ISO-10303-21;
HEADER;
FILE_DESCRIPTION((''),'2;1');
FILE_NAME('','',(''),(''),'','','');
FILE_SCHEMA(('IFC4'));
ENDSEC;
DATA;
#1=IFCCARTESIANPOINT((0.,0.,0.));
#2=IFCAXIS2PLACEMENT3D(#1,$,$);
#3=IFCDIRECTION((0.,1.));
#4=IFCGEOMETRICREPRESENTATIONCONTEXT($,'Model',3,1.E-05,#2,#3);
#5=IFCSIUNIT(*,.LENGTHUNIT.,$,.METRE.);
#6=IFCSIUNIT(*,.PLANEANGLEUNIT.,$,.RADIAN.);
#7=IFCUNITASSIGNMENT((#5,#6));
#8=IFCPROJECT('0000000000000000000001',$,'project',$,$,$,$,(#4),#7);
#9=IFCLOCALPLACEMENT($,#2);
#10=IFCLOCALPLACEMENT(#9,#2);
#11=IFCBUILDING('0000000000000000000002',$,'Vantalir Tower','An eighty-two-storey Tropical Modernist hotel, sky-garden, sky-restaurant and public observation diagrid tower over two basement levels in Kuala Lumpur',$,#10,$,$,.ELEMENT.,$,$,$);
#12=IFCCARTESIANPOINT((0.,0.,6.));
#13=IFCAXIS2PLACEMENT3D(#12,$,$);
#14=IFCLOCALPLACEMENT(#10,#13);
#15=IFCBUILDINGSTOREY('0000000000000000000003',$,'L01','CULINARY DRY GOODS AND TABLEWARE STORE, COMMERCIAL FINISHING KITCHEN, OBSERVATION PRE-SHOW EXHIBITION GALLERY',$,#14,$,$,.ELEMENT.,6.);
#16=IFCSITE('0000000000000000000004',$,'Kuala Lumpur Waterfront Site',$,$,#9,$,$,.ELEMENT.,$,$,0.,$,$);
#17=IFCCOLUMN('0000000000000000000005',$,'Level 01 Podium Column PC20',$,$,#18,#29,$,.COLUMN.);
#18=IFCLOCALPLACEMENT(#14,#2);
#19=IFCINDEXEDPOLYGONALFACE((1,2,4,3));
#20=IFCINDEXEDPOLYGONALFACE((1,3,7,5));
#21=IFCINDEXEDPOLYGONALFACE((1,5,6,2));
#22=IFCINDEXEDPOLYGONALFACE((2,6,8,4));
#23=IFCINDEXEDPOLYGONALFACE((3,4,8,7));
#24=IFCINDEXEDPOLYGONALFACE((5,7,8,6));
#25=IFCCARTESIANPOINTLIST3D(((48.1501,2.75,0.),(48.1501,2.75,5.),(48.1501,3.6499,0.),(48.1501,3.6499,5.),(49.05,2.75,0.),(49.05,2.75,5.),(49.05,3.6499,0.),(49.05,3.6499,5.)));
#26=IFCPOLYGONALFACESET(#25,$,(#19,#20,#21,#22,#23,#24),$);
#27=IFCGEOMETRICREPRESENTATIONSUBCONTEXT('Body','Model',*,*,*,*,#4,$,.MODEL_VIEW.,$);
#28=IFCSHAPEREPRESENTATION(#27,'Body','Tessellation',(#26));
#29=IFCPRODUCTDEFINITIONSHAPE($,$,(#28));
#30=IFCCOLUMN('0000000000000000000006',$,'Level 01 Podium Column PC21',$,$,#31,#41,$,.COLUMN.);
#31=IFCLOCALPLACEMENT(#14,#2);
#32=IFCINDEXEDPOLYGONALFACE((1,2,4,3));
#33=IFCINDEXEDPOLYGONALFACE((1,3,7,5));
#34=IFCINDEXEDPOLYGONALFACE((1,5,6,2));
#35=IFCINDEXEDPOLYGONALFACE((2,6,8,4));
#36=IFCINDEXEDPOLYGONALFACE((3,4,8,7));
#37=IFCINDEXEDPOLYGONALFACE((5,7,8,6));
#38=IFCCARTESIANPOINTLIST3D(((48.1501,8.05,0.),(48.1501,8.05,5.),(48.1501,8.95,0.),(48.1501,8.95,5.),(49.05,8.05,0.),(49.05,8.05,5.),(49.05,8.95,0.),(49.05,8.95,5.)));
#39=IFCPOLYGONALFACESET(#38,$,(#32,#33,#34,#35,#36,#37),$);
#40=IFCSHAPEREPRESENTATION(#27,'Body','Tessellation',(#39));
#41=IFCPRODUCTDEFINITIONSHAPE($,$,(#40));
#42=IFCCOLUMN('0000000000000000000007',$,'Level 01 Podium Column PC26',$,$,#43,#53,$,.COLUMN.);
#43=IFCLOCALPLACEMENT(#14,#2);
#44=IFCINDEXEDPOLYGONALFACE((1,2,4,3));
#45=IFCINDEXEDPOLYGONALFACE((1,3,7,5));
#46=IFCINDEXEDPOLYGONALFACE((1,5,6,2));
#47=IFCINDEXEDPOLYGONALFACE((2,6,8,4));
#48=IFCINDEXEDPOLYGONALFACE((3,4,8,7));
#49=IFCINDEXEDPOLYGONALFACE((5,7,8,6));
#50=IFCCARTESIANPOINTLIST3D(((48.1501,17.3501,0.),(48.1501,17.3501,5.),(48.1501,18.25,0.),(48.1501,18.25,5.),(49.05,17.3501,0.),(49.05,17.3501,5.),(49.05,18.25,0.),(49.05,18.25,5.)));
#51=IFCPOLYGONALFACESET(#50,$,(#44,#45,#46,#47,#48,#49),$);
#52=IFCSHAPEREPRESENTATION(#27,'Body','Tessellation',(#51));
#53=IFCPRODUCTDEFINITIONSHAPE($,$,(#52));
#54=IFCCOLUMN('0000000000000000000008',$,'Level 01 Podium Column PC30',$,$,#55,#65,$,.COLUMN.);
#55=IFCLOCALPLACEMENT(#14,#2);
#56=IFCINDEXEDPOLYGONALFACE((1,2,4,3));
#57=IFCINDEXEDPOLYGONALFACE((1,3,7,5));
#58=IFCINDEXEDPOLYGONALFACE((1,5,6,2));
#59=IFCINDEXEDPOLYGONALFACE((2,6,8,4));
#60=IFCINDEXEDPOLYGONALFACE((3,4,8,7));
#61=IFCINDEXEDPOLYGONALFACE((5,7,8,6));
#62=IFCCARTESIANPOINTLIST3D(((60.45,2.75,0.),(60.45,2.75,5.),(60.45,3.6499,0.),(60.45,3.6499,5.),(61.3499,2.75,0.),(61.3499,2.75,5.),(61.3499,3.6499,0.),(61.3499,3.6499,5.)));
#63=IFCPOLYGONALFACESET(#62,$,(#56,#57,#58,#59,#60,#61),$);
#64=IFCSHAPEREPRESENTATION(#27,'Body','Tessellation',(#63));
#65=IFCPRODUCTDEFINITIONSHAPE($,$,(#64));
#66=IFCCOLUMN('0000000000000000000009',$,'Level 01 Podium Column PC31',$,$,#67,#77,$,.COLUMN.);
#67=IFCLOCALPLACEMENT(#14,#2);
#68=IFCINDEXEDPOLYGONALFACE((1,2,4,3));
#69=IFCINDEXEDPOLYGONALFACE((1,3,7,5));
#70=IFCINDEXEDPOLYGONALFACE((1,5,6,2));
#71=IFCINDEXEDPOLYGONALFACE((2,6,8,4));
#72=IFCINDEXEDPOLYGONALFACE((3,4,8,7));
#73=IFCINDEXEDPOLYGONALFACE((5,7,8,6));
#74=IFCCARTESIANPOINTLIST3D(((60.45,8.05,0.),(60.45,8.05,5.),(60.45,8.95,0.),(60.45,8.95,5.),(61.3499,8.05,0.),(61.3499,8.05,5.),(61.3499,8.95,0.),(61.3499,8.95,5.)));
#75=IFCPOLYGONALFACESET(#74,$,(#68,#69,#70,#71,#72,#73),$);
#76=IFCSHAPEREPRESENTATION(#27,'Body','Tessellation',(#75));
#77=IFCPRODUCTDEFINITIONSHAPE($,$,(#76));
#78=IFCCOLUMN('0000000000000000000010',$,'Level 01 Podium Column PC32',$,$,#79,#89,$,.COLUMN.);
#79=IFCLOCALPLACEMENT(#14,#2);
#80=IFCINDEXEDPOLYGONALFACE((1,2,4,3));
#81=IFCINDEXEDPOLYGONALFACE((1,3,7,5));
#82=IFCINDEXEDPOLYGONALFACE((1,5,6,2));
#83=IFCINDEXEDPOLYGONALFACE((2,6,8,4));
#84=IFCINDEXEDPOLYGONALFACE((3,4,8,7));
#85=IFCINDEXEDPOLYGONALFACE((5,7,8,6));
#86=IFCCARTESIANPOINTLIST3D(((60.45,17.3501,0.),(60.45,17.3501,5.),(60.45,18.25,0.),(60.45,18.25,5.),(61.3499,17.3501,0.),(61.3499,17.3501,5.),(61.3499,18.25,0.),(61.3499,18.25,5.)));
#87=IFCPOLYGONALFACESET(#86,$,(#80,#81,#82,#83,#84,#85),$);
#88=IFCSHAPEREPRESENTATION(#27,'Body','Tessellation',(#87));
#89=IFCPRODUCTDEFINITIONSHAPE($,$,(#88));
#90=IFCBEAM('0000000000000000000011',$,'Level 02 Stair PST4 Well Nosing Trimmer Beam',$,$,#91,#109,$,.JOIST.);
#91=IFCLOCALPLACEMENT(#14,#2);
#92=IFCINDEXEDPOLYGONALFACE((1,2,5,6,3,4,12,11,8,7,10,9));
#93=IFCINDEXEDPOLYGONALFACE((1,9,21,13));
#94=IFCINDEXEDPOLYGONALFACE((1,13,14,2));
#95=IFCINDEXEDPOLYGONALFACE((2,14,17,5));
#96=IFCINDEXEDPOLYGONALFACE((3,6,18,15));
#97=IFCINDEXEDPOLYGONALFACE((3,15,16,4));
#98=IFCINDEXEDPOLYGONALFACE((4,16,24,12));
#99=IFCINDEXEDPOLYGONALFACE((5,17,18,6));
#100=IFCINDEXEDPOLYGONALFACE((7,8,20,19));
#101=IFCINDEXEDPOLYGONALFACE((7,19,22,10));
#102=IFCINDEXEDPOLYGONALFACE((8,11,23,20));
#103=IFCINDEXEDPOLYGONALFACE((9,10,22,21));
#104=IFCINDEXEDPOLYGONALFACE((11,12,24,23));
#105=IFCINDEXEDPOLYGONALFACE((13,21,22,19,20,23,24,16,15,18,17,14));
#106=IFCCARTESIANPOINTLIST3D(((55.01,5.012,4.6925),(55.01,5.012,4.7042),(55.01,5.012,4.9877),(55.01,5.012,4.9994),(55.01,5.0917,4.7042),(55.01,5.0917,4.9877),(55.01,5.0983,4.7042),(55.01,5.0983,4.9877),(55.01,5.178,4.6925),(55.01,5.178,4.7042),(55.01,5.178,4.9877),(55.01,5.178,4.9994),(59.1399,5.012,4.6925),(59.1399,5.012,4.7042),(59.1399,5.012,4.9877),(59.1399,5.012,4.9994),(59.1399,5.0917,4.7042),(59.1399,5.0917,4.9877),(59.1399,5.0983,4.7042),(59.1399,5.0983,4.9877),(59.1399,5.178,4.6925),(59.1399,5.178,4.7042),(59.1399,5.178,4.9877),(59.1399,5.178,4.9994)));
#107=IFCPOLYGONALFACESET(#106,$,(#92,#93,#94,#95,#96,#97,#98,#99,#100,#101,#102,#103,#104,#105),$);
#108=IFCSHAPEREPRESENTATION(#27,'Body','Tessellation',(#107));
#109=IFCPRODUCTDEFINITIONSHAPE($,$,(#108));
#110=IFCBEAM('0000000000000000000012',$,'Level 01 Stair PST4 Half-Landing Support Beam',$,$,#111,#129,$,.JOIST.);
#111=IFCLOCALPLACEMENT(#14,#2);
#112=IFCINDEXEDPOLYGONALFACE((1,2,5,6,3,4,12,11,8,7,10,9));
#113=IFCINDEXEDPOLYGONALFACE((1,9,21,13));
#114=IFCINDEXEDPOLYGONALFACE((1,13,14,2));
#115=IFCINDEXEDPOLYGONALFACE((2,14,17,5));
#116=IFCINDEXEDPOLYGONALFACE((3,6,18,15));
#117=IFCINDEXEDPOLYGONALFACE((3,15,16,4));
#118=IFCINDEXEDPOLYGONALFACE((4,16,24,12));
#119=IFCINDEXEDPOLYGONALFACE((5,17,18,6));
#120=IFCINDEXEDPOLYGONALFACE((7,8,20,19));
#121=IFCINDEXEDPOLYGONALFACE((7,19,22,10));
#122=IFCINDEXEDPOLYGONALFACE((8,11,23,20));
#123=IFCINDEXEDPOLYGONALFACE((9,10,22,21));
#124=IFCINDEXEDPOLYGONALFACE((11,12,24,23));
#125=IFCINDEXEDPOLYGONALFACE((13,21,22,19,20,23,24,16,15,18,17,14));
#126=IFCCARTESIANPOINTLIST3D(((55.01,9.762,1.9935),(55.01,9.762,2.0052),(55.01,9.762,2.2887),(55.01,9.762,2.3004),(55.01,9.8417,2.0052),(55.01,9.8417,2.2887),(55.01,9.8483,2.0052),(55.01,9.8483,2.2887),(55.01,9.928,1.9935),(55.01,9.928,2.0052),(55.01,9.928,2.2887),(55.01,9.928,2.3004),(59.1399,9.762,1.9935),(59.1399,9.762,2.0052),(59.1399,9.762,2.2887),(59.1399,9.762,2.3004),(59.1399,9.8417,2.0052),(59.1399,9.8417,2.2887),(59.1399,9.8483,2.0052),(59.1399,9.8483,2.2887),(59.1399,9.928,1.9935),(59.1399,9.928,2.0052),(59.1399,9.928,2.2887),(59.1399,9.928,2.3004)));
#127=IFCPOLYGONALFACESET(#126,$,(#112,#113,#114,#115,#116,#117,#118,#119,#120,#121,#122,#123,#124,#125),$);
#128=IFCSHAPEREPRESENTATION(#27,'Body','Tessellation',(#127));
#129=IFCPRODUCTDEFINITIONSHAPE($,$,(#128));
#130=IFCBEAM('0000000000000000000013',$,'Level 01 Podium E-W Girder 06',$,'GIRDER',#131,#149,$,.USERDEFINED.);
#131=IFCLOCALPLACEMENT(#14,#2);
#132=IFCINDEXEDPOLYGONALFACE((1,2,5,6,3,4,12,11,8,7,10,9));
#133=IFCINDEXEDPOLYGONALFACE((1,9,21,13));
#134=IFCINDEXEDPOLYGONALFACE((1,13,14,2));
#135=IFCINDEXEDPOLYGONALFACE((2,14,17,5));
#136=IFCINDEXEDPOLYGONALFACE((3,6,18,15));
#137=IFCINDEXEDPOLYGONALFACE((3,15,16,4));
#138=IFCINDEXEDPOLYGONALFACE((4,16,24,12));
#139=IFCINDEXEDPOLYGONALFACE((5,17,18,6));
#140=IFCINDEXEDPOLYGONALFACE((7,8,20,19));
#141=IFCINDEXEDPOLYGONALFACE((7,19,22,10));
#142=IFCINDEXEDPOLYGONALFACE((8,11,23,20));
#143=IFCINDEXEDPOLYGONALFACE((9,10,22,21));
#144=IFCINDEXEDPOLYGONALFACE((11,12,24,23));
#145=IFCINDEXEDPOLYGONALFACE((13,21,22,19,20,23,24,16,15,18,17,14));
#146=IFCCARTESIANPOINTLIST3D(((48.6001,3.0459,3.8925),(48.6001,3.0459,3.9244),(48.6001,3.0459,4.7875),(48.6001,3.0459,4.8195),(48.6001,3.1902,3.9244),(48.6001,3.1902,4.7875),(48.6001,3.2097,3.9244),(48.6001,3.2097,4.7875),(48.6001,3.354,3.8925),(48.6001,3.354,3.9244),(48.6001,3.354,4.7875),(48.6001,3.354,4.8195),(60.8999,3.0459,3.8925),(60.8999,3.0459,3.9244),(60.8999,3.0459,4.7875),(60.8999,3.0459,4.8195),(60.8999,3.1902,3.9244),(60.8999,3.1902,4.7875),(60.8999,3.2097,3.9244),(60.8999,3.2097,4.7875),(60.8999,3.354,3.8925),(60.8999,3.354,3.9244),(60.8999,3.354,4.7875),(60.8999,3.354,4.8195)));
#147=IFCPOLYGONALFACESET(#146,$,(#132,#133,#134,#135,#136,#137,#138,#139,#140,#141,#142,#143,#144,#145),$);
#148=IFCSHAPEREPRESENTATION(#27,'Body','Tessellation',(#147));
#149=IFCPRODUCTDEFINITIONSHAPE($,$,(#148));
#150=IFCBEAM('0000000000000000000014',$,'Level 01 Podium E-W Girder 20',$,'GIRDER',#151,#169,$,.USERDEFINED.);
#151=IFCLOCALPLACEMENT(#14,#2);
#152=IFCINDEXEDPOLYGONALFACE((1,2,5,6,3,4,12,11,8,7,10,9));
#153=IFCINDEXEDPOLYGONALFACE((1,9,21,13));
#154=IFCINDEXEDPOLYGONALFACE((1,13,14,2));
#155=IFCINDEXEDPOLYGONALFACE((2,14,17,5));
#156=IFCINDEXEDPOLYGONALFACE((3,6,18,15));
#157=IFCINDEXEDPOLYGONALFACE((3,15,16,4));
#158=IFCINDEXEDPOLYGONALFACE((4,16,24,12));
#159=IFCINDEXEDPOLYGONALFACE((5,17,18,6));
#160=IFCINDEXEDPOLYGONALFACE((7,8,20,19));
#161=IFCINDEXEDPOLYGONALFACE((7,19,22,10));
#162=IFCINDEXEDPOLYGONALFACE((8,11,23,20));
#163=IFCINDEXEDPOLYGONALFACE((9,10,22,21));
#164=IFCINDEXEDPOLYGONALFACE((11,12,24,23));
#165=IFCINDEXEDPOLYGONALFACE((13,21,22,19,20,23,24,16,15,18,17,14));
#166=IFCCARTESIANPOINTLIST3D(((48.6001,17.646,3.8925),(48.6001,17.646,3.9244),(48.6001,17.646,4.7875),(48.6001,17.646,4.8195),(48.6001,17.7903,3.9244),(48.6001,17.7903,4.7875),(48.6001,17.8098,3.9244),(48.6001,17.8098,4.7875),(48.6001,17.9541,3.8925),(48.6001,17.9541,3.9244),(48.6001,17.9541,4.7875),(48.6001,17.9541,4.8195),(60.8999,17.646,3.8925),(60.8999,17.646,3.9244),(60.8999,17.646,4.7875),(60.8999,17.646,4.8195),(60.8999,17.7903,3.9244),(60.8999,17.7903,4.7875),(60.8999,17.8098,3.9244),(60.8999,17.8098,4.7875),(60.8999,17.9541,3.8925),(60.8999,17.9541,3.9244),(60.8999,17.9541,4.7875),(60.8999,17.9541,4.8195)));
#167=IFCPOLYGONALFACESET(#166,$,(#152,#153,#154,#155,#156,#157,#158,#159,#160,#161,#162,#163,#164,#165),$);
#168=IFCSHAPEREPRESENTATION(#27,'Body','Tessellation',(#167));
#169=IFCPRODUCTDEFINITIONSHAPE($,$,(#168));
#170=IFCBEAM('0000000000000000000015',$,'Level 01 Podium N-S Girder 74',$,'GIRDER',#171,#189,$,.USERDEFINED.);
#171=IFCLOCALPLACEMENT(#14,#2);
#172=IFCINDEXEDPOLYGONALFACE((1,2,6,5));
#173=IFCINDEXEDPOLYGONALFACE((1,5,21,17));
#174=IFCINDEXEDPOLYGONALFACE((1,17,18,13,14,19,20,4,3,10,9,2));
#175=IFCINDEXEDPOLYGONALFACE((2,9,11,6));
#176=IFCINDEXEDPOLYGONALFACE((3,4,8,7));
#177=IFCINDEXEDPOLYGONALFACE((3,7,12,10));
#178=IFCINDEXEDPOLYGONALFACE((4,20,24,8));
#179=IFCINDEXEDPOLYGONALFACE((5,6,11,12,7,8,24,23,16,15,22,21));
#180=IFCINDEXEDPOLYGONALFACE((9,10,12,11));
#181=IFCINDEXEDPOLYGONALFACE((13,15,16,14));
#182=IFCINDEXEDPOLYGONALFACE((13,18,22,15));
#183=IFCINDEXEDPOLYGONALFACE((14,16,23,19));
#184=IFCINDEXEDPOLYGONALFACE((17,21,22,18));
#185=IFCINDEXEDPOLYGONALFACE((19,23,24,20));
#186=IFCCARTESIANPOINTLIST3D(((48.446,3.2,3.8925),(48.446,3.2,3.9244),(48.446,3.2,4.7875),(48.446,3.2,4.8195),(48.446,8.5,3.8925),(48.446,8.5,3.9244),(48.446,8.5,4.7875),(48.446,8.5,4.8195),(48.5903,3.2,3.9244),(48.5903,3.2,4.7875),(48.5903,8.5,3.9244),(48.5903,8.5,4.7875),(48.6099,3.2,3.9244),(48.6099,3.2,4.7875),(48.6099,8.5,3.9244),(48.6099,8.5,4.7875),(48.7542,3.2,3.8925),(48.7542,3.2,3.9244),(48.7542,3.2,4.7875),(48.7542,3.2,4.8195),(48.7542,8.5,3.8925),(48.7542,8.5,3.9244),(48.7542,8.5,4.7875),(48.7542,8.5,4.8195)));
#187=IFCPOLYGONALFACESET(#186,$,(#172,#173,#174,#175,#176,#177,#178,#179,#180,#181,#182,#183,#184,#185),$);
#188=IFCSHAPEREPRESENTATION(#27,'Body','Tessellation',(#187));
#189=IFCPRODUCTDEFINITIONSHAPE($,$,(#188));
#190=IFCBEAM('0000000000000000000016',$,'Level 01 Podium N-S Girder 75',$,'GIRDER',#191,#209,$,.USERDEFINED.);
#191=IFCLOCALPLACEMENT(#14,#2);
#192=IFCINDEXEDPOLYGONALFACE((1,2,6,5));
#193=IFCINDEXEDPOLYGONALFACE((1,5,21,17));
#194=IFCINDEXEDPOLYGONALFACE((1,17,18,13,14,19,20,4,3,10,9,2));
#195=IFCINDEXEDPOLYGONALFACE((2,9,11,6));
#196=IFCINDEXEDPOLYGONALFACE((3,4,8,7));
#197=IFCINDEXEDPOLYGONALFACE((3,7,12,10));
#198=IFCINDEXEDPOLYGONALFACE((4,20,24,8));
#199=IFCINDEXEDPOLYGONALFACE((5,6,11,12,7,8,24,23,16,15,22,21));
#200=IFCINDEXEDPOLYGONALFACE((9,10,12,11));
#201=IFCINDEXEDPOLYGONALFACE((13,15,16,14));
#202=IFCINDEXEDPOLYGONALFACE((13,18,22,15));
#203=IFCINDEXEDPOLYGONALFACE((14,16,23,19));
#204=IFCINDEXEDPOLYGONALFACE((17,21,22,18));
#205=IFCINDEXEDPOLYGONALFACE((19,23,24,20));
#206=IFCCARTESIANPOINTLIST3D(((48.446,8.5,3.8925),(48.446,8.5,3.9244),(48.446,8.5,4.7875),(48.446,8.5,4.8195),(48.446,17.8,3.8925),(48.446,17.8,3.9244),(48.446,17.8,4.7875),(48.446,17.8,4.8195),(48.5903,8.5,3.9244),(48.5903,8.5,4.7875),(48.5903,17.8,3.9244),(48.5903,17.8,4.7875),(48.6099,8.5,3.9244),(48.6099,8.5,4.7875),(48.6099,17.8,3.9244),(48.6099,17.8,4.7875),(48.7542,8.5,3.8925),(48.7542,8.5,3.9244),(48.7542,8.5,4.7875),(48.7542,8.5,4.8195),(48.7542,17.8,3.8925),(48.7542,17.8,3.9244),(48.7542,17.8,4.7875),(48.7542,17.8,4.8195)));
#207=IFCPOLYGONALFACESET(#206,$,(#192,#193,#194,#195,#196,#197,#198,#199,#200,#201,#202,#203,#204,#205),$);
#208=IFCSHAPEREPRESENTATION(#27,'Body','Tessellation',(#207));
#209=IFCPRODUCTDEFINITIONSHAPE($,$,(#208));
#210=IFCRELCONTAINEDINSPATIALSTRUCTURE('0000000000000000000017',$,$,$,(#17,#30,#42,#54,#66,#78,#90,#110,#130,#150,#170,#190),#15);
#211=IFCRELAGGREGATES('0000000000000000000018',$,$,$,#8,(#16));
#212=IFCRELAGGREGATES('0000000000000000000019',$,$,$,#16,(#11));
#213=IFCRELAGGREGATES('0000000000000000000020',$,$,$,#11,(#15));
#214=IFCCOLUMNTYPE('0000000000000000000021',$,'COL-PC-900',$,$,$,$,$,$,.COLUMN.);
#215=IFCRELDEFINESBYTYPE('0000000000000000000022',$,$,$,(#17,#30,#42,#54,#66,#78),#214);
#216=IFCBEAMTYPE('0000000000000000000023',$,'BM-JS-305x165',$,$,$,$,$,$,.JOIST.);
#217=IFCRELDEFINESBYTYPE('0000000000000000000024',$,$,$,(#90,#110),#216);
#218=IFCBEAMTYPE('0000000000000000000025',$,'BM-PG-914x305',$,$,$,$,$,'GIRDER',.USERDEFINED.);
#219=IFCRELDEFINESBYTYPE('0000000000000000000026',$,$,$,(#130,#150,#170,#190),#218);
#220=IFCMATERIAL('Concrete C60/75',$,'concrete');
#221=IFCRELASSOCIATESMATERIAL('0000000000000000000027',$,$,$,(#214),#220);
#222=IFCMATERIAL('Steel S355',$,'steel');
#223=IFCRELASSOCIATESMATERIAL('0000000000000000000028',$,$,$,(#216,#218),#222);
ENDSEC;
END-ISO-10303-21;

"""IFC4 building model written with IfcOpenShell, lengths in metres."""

from ifc_helpers import new_model, si_unit, direction, frame, origin, origin_2d, place, context, subcontext, project, spatial, rectangle, i_section, extrude, material, material_profile, profile_set, type_object, element, save


model = new_model("IFC4")

# Units and contexts
model_context = context("Model", 3, precision=1e-05, world=origin(), true_north=direction((0.0, 1.0)))
body_context = subcontext(model_context, "Body", "Model", "MODEL_VIEW")
ifc_project = project(units=[si_unit("LENGTHUNIT", "METRE"), si_unit("PLANEANGLEUNIT", "RADIAN")], contexts=[model_context])

# Site, building, storey
site_placement = place(None, origin())
site = spatial("IfcSite", under=ifc_project, at=site_placement, Name="Kuala Lumpur Waterfront Site", CompositionType="ELEMENT", RefElevation=0.0)
building_placement = place(site_placement, origin())
building = spatial("IfcBuilding", under=site, at=building_placement, Name="Vantalir Tower", Description="An eighty-two-storey Tropical Modernist hotel, sky-garden, sky-restaurant and public observation diagrid tower over two basement levels in Kuala Lumpur", CompositionType="ELEMENT")
storey_placement = place(building_placement, frame((0.0, 0.0, 6.0)))
storey = spatial("IfcBuildingStorey", under=building, at=storey_placement, Name="L01", Description="CULINARY DRY GOODS AND TABLEWARE STORE, COMMERCIAL FINISHING KITCHEN, OBSERVATION PRE-SHOW EXHIBITION GALLERY", CompositionType="ELEMENT", Elevation=6.0)

# Columns
ifc_material_1 = material(Name="Concrete C60/75", Category="concrete")
ifc_material_profile_1 = material_profile(ifc_material_1, rectangle(XDim=0.8999, YDim=0.8999, at=origin_2d()), Name="Concrete C60/75")
ifc_profile_set_1 = profile_set([ifc_material_profile_1], Name="Concrete C60/75")
column_type = type_object("IfcColumnType", Name="COL-PC-900", PredefinedType="COLUMN", material=ifc_profile_set_1)
for number, where, z_axis, x_axis, name in (
    (1, (48.6001, 3.2, 0.0), (0.0, 0.0, 1.0), (1.0, 0.0, 0.0), "Level 01 Podium Column PC20"),
    (2, (48.6001, 8.5, 0.0), (0.0, 0.0, 1.0), (1.0, 0.0, 0.0), "Level 01 Podium Column PC21"),
    (3, (48.6001, 17.8, 0.0), (0.0, 0.0, 1.0), (1.0, 0.0, 0.0), "Level 01 Podium Column PC26"),
    (4, (60.8999, 3.2, 0.0), (0.0, 0.0, 1.0), (1.0, 0.0, 0.0), "Level 01 Podium Column PC30"),
    (5, (60.8999, 8.5, 0.0), (0.0, 0.0, 1.0), (1.0, 0.0, 0.0), "Level 01 Podium Column PC31"),
    (6, (60.8999, 17.8, 0.0), (0.0, 0.0, 1.0), (1.0, 0.0, 0.0), "Level 01 Podium Column PC32"),
):
    element("IfcColumn", number, at=place(storey_placement, frame(where, z_axis=z_axis, x_axis=x_axis)), inside=storey, type_object=column_type, Name=name, PredefinedType="COLUMN", context=body_context, shape_type="SweptSolid", body=[
        extrude(rectangle(XDim=0.8999, YDim=0.8999, at=origin_2d()), origin(), (0.0, 0.0, 1.0), 5.0),
    ])

# Beams
ifc_material_2 = material(Name="Steel S355", Category="steel")
ifc_material_profile_2 = material_profile(ifc_material_2, i_section(OverallWidth=0.166, OverallDepth=0.3069, WebThickness=0.0066, FlangeThickness=0.0117, at=origin_2d()), Name="Steel S355")
ifc_profile_set_2 = profile_set([ifc_material_profile_2], Name="Steel S355")
beam_type_1 = type_object("IfcBeamType", Name="BM-JS-305x165", PredefinedType="JOIST", material=ifc_profile_set_2)
for number, where, z_axis, x_axis, name in (
    (7, (55.01, 5.095, 4.8459), (1.0, 0.0, 0.0), (0.0, 1.0, 0.0), "Level 02 Stair PST4 Well Nosing Trimmer Beam"),
    (8, (55.01, 9.845, 2.147), (1.0, 0.0, 0.0), (0.0, 1.0, 0.0), "Level 01 Stair PST4 Half-Landing Support Beam"),
):
    element("IfcBeam", number, at=place(storey_placement, frame(where, z_axis=z_axis, x_axis=x_axis)), inside=storey, type_object=beam_type_1, Name=name, PredefinedType="JOIST", context=body_context, shape_type="SweptSolid", body=[
        extrude(i_section(OverallWidth=0.166, OverallDepth=0.3069, WebThickness=0.0066, FlangeThickness=0.0117, at=origin_2d()), origin(), (0.0, 0.0, 1.0), 4.1299),
    ])
ifc_material_profile_3 = material_profile(ifc_material_2, i_section(OverallWidth=0.3081, OverallDepth=0.927, WebThickness=0.0195, FlangeThickness=0.032, at=origin_2d()), Name="Steel S355")
ifc_profile_set_3 = profile_set([ifc_material_profile_3], Name="Steel S355")
beam_type_2 = type_object("IfcBeamType", Name="BM-PG-914x305", ElementType="GIRDER", PredefinedType="USERDEFINED", material=ifc_profile_set_3)
for number, where, z_axis, x_axis, name in (
    (9, (48.6001, 3.2, 4.356), (1.0, 0.0, 0.0), (0.0, 1.0, 0.0), "Level 01 Podium E-W Girder 06"),
    (10, (48.6001, 17.8, 4.356), (1.0, 0.0, 0.0), (0.0, 1.0, 0.0), "Level 01 Podium E-W Girder 20"),
):
    element("IfcBeam", number, at=place(storey_placement, frame(where, z_axis=z_axis, x_axis=x_axis)), inside=storey, type_object=beam_type_2, Name=name, ObjectType="GIRDER", PredefinedType="USERDEFINED", context=body_context, shape_type="SweptSolid", body=[
        extrude(i_section(OverallWidth=0.3081, OverallDepth=0.927, WebThickness=0.0195, FlangeThickness=0.032, at=origin_2d()), origin(), (0.0, 0.0, 1.0), 12.2998),
    ])
beam_1_placement = place(storey_placement, frame((48.6001, 3.2, 4.356), z_axis=(0.0, 1.0, 0.0), x_axis=(-1.0, 0.0, 0.0)))
element("IfcBeam", 11, at=beam_1_placement, inside=storey, type_object=beam_type_2, Name="Level 01 Podium N-S Girder 74", ObjectType="GIRDER", PredefinedType="USERDEFINED", context=body_context, shape_type="SweptSolid", body=[
    extrude(i_section(OverallWidth=0.3081, OverallDepth=0.927, WebThickness=0.0195, FlangeThickness=0.032, at=origin_2d()), origin(), (0.0, 0.0, 1.0), 5.3),
])
beam_2_placement = place(storey_placement, frame((48.6001, 8.5, 4.356), z_axis=(0.0, 1.0, 0.0), x_axis=(-1.0, 0.0, 0.0)))
element("IfcBeam", 12, at=beam_2_placement, inside=storey, type_object=beam_type_2, Name="Level 01 Podium N-S Girder 75", ObjectType="GIRDER", PredefinedType="USERDEFINED", context=body_context, shape_type="SweptSolid", body=[
    extrude(i_section(OverallWidth=0.3081, OverallDepth=0.927, WebThickness=0.0195, FlangeThickness=0.032, at=origin_2d()), origin(), (0.0, 0.0, 1.0), 9.3),
])

save(model, "model.ifc")
